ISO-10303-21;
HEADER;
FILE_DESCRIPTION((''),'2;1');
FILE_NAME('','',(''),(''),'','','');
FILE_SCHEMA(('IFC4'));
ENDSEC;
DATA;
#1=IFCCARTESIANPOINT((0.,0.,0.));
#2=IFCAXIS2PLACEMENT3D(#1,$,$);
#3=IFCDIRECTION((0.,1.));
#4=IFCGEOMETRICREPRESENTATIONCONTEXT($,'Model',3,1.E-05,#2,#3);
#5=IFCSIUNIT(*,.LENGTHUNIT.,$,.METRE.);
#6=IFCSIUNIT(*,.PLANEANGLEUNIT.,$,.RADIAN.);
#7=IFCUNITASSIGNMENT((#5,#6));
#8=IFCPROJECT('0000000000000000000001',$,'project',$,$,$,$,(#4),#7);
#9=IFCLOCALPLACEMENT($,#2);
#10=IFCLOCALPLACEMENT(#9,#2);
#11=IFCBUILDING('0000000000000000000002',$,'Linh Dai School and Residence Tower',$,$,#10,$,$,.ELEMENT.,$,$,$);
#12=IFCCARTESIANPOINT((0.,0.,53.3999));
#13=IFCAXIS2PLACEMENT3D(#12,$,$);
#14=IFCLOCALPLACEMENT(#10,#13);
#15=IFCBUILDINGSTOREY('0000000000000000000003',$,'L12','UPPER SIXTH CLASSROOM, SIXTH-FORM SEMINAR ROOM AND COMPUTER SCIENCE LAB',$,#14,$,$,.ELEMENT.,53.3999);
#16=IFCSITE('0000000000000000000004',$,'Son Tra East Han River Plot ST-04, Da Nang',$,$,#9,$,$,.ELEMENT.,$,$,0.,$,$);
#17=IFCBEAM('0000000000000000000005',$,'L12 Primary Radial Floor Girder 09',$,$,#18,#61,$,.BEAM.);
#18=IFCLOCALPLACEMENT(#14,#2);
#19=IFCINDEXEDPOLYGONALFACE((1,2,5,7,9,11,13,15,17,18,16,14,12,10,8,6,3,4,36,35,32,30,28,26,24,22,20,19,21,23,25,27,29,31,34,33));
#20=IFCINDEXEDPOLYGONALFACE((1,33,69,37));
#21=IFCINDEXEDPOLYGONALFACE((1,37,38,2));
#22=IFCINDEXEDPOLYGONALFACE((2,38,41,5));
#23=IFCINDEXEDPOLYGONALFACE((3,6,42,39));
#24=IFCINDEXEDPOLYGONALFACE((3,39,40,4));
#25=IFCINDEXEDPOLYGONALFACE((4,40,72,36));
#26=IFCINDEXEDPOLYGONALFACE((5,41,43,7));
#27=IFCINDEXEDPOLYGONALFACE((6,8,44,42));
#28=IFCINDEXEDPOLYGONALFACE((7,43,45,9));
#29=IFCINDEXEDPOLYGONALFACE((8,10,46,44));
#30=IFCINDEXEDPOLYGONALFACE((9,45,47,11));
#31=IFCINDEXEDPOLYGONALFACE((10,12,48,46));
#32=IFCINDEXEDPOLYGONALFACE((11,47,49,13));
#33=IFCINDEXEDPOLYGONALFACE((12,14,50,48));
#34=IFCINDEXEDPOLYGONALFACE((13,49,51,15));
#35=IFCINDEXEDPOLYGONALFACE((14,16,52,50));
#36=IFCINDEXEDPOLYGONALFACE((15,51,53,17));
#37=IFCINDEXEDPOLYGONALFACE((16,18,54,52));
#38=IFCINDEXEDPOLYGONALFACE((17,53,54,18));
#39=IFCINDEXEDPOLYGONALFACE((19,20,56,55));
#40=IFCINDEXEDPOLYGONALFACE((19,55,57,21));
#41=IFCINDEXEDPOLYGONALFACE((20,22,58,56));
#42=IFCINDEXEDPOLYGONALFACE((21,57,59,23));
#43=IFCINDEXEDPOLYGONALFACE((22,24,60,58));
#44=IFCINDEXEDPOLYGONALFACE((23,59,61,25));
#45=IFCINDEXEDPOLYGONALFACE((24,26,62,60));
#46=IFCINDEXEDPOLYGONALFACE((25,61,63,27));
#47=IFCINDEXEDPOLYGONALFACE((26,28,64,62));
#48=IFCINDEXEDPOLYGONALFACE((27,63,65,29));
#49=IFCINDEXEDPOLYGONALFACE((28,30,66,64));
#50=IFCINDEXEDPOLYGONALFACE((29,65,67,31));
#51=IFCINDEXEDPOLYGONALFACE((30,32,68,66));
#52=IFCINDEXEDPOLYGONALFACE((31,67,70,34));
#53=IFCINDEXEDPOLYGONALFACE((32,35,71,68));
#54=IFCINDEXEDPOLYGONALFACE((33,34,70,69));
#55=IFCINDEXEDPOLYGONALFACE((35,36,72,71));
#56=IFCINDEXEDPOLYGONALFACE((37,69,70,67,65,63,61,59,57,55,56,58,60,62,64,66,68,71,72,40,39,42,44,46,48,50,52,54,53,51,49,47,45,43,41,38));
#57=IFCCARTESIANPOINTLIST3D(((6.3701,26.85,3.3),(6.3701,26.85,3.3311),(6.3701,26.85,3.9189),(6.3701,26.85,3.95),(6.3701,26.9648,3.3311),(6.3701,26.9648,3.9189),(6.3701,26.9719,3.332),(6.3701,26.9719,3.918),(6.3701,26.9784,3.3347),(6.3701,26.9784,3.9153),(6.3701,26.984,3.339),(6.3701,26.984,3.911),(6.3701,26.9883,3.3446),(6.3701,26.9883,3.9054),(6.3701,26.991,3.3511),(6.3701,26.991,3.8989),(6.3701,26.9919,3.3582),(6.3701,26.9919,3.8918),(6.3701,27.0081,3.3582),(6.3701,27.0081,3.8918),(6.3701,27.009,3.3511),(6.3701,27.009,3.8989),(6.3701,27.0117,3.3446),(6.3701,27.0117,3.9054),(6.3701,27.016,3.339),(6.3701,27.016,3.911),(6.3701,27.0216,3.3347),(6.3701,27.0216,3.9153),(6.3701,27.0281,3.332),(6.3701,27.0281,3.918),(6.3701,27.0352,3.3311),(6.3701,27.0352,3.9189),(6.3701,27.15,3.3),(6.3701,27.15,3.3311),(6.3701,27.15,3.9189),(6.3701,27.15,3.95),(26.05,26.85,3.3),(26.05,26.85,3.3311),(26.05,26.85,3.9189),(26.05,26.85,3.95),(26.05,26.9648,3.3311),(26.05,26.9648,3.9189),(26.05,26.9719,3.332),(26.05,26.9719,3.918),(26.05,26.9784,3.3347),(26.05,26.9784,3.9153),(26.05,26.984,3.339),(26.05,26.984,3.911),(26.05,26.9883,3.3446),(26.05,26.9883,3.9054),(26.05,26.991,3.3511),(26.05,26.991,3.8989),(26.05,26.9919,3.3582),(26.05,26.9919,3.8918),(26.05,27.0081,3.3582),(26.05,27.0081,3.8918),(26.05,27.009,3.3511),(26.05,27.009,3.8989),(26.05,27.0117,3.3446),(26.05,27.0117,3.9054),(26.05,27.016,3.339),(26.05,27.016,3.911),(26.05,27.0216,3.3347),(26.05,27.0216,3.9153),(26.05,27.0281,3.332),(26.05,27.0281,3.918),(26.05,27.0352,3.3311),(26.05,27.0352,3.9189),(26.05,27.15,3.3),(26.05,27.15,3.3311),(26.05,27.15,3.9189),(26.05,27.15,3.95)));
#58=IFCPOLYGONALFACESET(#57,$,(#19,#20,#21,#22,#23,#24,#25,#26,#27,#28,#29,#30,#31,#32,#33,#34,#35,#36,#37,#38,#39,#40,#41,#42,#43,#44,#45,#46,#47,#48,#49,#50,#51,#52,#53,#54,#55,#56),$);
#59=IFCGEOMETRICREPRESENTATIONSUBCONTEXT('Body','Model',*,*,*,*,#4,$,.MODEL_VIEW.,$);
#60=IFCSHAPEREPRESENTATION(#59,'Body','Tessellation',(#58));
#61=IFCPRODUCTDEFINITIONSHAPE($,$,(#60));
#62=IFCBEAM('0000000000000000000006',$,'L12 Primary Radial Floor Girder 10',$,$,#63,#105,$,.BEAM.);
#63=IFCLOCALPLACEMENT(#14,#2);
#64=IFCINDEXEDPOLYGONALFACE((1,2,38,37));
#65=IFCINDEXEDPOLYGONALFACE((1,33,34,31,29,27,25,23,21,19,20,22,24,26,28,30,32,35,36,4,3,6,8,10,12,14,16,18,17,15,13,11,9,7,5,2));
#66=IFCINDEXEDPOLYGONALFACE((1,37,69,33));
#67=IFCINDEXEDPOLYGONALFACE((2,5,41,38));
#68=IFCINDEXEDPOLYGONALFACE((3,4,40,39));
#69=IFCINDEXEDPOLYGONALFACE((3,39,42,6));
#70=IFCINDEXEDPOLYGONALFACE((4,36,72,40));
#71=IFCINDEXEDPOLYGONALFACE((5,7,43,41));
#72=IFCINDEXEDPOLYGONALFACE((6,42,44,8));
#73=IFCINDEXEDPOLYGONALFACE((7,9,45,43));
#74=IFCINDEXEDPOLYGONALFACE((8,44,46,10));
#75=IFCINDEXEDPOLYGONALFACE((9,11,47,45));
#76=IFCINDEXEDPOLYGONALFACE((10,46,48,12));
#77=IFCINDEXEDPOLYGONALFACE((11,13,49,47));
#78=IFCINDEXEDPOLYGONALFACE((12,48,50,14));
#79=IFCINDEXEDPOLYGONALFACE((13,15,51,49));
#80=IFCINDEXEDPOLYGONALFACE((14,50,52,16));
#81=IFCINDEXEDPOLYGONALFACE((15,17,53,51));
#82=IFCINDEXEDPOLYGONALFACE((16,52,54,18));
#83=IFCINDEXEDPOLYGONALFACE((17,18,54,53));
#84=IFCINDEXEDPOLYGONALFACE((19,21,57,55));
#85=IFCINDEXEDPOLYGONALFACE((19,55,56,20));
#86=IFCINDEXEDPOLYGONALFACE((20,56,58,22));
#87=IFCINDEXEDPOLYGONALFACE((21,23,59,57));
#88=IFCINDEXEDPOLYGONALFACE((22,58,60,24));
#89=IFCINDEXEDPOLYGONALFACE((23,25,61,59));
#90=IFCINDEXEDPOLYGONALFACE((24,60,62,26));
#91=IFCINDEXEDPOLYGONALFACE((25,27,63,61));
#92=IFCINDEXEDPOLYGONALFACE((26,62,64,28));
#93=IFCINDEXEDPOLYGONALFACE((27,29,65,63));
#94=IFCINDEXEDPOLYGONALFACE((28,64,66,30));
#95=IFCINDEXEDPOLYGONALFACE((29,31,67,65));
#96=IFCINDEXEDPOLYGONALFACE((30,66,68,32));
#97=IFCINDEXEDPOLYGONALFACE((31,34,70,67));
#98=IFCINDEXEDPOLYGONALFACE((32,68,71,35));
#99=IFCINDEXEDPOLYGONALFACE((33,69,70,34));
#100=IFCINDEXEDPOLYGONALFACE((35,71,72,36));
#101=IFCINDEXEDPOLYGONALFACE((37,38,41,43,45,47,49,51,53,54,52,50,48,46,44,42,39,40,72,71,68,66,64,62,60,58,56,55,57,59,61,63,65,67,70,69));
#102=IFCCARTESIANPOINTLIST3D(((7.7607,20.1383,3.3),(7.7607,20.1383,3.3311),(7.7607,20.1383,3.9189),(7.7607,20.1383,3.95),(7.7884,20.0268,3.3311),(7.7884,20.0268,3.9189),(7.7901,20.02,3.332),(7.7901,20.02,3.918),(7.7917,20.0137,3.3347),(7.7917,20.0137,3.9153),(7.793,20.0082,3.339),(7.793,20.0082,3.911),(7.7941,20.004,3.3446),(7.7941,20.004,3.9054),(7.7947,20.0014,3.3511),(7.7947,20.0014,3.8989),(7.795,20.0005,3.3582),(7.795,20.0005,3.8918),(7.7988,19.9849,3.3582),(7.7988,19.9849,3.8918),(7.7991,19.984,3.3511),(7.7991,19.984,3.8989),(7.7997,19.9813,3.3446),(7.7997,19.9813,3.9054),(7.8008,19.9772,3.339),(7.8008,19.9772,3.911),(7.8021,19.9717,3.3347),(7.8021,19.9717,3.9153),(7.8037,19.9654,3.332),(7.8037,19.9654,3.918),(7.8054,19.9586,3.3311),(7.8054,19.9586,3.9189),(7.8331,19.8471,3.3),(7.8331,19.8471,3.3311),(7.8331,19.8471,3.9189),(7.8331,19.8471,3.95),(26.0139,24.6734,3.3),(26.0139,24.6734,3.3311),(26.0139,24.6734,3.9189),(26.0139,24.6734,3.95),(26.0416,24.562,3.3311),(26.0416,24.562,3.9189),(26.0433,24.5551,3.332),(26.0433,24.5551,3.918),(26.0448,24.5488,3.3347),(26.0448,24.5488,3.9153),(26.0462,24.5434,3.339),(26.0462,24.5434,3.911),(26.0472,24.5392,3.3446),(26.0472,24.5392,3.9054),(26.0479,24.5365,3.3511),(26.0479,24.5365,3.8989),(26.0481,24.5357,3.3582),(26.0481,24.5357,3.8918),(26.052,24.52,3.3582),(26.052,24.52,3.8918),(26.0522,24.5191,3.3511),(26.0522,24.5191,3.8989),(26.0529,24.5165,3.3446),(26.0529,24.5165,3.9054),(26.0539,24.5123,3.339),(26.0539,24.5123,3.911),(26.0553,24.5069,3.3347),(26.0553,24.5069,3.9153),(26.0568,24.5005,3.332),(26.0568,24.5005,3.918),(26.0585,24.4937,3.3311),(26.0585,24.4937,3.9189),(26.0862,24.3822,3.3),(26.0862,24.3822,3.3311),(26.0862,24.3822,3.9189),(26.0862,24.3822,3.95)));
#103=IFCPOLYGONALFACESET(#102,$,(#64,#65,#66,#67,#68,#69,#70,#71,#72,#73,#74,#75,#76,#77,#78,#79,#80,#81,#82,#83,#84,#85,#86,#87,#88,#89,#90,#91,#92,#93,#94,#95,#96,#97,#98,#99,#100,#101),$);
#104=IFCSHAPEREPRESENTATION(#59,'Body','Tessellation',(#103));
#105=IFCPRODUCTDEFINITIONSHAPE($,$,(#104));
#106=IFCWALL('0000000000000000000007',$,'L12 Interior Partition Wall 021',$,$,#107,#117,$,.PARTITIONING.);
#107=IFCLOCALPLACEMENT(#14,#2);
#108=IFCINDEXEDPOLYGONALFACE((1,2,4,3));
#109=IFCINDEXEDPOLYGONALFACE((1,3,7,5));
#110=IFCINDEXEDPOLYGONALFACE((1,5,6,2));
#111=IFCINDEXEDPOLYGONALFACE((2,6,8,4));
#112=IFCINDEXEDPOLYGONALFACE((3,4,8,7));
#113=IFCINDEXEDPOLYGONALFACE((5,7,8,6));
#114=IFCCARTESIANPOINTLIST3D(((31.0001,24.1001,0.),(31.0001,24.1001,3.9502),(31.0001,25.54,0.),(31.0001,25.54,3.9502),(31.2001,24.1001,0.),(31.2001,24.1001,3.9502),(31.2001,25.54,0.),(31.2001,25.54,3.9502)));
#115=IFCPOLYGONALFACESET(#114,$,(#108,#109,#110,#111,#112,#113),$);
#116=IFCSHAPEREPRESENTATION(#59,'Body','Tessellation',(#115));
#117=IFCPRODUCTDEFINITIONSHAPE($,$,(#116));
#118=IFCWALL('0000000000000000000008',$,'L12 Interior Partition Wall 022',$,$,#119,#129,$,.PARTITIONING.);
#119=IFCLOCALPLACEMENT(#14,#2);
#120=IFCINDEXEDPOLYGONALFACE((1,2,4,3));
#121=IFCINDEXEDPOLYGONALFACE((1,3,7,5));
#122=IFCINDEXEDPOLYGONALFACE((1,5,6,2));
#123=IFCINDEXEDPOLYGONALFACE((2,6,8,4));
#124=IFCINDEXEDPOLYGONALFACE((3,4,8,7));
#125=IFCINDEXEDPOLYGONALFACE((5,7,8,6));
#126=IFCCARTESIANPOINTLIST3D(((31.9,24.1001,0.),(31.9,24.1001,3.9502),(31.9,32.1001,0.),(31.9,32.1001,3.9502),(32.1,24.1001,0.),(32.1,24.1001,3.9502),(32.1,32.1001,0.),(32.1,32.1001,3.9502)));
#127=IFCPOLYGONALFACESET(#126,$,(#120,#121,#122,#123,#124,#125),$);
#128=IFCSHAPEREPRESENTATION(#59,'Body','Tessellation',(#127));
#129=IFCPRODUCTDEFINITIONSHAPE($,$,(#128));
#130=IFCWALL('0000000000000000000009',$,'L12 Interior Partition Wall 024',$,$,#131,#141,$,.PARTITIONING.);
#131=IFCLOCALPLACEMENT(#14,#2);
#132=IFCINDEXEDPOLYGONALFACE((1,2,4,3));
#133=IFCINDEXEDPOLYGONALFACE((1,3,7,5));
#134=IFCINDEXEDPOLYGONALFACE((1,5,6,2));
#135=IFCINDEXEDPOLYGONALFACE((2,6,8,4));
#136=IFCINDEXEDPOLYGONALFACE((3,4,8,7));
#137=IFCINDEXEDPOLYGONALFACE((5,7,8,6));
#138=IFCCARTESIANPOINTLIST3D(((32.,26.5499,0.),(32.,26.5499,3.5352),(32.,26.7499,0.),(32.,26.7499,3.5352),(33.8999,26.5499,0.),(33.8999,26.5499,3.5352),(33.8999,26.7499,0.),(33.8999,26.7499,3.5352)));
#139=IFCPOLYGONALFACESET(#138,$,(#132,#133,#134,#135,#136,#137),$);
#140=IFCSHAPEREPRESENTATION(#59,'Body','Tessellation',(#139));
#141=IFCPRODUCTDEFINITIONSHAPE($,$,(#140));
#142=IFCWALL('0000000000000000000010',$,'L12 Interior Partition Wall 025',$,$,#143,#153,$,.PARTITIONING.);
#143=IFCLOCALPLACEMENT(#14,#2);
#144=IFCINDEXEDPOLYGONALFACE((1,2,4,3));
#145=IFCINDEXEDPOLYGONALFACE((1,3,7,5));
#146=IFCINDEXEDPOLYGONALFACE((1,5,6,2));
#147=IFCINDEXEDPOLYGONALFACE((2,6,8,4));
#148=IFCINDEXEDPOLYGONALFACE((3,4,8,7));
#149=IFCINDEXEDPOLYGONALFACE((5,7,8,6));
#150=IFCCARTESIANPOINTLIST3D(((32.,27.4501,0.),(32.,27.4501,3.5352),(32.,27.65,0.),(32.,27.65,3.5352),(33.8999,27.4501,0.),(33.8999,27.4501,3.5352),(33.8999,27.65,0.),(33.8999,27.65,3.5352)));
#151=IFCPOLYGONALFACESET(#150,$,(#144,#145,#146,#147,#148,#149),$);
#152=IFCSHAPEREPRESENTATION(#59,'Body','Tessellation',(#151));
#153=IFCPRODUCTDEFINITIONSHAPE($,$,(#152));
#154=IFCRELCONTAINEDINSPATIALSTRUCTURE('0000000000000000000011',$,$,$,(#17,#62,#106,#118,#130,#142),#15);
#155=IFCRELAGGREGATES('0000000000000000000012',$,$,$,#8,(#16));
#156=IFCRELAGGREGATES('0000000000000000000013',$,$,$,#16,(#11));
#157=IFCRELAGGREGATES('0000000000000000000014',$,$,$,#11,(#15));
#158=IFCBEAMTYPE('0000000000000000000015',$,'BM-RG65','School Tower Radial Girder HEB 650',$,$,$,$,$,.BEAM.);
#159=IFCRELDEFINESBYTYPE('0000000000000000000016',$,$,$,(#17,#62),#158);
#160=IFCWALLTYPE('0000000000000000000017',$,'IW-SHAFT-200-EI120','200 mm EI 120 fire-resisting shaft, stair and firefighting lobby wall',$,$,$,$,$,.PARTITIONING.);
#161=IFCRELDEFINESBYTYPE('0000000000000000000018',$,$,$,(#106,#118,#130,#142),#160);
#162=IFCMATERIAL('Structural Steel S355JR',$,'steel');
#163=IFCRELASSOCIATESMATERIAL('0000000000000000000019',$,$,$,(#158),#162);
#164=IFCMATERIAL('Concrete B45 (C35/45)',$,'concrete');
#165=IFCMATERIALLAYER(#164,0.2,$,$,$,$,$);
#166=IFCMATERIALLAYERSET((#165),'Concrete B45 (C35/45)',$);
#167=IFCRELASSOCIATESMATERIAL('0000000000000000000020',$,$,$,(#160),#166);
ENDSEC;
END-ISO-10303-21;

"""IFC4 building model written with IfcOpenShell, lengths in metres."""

from ifc_helpers import new_model, si_unit, direction, frame, frame_2d, origin, origin_2d, place, context, subcontext, project, spatial, rectangle, i_section, extrude, material, layer, layer_set, material_profile, profile_set, type_object, element, save


model = new_model("IFC4")

# Units and contexts
model_context = context("Model", 3, precision=1e-05, world=origin(), true_north=direction((0.0, 1.0)))
body_context = subcontext(model_context, "Body", "Model", "MODEL_VIEW")
ifc_project = project(units=[si_unit("LENGTHUNIT", "METRE"), si_unit("PLANEANGLEUNIT", "RADIAN")], contexts=[model_context])

# Site, building, storey
site_placement = place(None, origin())
site = spatial("IfcSite", under=ifc_project, at=site_placement, Name="Son Tra East Han River Plot ST-04, Da Nang", CompositionType="ELEMENT", RefElevation=0.0)
building_placement = place(site_placement, origin())
building = spatial("IfcBuilding", under=site, at=building_placement, Name="Linh Dai School and Residence Tower", CompositionType="ELEMENT")
storey_placement = place(building_placement, frame((0.0, 0.0, 53.3999)))
storey = spatial("IfcBuildingStorey", under=building, at=storey_placement, Name="L12", Description="UPPER SIXTH CLASSROOM, SIXTH-FORM SEMINAR ROOM AND COMPUTER SCIENCE LAB", CompositionType="ELEMENT", Elevation=53.3999)

# Shared definitions
ifc_material_1 = material(Name="Structural Steel S355JR", Category="steel")

# Beams
ifc_material_profile_1 = material_profile(ifc_material_1, i_section(OverallWidth=0.3, OverallDepth=0.6499, WebThickness=0.0161, FlangeThickness=0.031, FilletRadius=0.0271, at=origin_2d()), Name="HEB 650")
ifc_profile_set_1 = profile_set([ifc_material_profile_1], Name="Structural Steel S355JR")
beam_type = type_object("IfcBeamType", Name="BM-RG65", Description="School Tower Radial Girder HEB 650", PredefinedType="BEAM", material=ifc_profile_set_1)
beam_1_placement = place(storey_placement, frame((26.05, 27.0, 3.625), z_axis=(-1.0, 0.0, 0.0), x_axis=(0.0, -1.0, 0.0)))
element("IfcBeam", 1, at=beam_1_placement, inside=storey, type_object=beam_type, Name="L12 Primary Radial Floor Girder 09", PredefinedType="BEAM", context=body_context, shape_type="SweptSolid", body=[
    extrude(i_section(OverallWidth=0.3, OverallDepth=0.6499, WebThickness=0.0161, FlangeThickness=0.031, FilletRadius=0.0271, at=origin_2d()), origin(), (0.0, 0.0, 1.0), 19.6799),
])
beam_2_placement = place(storey_placement, frame((26.05, 24.5278, 3.625), z_axis=(-0.970493, -0.241127, 0.0), x_axis=(0.241127, -0.970493, 0.0)))
element("IfcBeam", 2, at=beam_2_placement, inside=storey, type_object=beam_type, Name="L12 Primary Radial Floor Girder 10", PredefinedType="BEAM", context=body_context, shape_type="SweptSolid", body=[
    extrude(i_section(OverallWidth=0.3, OverallDepth=0.6499, WebThickness=0.0161, FlangeThickness=0.031, FilletRadius=0.0271, at=origin_2d()), origin(), (0.0, 0.0, 1.0), 18.8081),
])

# Shared definitions
ifc_material_2 = material(Name="Concrete B45 (C35/45)", Category="concrete")
ifc_layer_1 = layer(ifc_material_2, 0.2)
ifc_layer_set_1 = layer_set([ifc_layer_1], Name="Concrete B45 (C35/45)")
wall_type_1 = type_object("IfcWallType", Name="IW-SHAFT-200-EI120", Description="200 mm EI 120 fire-resisting shaft, stair and firefighting lobby wall", PredefinedType="PARTITIONING", material=ifc_layer_set_1)

# Walls
wall_1_placement = place(storey_placement, frame((31.1001, 24.1001, 0.0), z_axis=(0.0, 0.0, 1.0), x_axis=(0.0, 1.0, 0.0)))
element("IfcWall", 3, at=wall_1_placement, inside=storey, type_object=wall_type_1, Name="L12 Interior Partition Wall 021", PredefinedType="PARTITIONING", context=body_context, shape_type="SweptSolid", body=[
    extrude(rectangle(XDim=1.4399, YDim=0.2, at=frame_2d((0.72, 0.0))), origin(), (0.0, 0.0, 1.0), 3.9502),
])
wall_2_placement = place(storey_placement, frame((32.0, 24.1001, 0.0), z_axis=(0.0, 0.0, 1.0), x_axis=(0.0, 1.0, 0.0)))
element("IfcWall", 4, at=wall_2_placement, inside=storey, type_object=wall_type_1, Name="L12 Interior Partition Wall 022", PredefinedType="PARTITIONING", context=body_context, shape_type="SweptSolid", body=[
    extrude(rectangle(XDim=8.0, YDim=0.2, at=frame_2d((4.0, 0.0))), origin(), (0.0, 0.0, 1.0), 3.9502),
])

# Walls
for number, where, z_axis, x_axis, name in (
    (5, (32.0, 26.6499, 0.0), (0.0, 0.0, 1.0), (1.0, 0.0, 0.0), "L12 Interior Partition Wall 024"),
    (6, (32.0, 27.55, 0.0), (0.0, 0.0, 1.0), (1.0, 0.0, 0.0), "L12 Interior Partition Wall 025"),
):
    element("IfcWall", number, at=place(storey_placement, frame(where, z_axis=z_axis, x_axis=x_axis)), inside=storey, type_object=wall_type_1, Name=name, PredefinedType="PARTITIONING", context=body_context, shape_type="SweptSolid", body=[
        extrude(rectangle(XDim=1.8999, YDim=0.2, at=frame_2d((0.95, 0.0))), origin(), (0.0, 0.0, 1.0), 3.5352),
    ])

save(model, "model.ifc")
